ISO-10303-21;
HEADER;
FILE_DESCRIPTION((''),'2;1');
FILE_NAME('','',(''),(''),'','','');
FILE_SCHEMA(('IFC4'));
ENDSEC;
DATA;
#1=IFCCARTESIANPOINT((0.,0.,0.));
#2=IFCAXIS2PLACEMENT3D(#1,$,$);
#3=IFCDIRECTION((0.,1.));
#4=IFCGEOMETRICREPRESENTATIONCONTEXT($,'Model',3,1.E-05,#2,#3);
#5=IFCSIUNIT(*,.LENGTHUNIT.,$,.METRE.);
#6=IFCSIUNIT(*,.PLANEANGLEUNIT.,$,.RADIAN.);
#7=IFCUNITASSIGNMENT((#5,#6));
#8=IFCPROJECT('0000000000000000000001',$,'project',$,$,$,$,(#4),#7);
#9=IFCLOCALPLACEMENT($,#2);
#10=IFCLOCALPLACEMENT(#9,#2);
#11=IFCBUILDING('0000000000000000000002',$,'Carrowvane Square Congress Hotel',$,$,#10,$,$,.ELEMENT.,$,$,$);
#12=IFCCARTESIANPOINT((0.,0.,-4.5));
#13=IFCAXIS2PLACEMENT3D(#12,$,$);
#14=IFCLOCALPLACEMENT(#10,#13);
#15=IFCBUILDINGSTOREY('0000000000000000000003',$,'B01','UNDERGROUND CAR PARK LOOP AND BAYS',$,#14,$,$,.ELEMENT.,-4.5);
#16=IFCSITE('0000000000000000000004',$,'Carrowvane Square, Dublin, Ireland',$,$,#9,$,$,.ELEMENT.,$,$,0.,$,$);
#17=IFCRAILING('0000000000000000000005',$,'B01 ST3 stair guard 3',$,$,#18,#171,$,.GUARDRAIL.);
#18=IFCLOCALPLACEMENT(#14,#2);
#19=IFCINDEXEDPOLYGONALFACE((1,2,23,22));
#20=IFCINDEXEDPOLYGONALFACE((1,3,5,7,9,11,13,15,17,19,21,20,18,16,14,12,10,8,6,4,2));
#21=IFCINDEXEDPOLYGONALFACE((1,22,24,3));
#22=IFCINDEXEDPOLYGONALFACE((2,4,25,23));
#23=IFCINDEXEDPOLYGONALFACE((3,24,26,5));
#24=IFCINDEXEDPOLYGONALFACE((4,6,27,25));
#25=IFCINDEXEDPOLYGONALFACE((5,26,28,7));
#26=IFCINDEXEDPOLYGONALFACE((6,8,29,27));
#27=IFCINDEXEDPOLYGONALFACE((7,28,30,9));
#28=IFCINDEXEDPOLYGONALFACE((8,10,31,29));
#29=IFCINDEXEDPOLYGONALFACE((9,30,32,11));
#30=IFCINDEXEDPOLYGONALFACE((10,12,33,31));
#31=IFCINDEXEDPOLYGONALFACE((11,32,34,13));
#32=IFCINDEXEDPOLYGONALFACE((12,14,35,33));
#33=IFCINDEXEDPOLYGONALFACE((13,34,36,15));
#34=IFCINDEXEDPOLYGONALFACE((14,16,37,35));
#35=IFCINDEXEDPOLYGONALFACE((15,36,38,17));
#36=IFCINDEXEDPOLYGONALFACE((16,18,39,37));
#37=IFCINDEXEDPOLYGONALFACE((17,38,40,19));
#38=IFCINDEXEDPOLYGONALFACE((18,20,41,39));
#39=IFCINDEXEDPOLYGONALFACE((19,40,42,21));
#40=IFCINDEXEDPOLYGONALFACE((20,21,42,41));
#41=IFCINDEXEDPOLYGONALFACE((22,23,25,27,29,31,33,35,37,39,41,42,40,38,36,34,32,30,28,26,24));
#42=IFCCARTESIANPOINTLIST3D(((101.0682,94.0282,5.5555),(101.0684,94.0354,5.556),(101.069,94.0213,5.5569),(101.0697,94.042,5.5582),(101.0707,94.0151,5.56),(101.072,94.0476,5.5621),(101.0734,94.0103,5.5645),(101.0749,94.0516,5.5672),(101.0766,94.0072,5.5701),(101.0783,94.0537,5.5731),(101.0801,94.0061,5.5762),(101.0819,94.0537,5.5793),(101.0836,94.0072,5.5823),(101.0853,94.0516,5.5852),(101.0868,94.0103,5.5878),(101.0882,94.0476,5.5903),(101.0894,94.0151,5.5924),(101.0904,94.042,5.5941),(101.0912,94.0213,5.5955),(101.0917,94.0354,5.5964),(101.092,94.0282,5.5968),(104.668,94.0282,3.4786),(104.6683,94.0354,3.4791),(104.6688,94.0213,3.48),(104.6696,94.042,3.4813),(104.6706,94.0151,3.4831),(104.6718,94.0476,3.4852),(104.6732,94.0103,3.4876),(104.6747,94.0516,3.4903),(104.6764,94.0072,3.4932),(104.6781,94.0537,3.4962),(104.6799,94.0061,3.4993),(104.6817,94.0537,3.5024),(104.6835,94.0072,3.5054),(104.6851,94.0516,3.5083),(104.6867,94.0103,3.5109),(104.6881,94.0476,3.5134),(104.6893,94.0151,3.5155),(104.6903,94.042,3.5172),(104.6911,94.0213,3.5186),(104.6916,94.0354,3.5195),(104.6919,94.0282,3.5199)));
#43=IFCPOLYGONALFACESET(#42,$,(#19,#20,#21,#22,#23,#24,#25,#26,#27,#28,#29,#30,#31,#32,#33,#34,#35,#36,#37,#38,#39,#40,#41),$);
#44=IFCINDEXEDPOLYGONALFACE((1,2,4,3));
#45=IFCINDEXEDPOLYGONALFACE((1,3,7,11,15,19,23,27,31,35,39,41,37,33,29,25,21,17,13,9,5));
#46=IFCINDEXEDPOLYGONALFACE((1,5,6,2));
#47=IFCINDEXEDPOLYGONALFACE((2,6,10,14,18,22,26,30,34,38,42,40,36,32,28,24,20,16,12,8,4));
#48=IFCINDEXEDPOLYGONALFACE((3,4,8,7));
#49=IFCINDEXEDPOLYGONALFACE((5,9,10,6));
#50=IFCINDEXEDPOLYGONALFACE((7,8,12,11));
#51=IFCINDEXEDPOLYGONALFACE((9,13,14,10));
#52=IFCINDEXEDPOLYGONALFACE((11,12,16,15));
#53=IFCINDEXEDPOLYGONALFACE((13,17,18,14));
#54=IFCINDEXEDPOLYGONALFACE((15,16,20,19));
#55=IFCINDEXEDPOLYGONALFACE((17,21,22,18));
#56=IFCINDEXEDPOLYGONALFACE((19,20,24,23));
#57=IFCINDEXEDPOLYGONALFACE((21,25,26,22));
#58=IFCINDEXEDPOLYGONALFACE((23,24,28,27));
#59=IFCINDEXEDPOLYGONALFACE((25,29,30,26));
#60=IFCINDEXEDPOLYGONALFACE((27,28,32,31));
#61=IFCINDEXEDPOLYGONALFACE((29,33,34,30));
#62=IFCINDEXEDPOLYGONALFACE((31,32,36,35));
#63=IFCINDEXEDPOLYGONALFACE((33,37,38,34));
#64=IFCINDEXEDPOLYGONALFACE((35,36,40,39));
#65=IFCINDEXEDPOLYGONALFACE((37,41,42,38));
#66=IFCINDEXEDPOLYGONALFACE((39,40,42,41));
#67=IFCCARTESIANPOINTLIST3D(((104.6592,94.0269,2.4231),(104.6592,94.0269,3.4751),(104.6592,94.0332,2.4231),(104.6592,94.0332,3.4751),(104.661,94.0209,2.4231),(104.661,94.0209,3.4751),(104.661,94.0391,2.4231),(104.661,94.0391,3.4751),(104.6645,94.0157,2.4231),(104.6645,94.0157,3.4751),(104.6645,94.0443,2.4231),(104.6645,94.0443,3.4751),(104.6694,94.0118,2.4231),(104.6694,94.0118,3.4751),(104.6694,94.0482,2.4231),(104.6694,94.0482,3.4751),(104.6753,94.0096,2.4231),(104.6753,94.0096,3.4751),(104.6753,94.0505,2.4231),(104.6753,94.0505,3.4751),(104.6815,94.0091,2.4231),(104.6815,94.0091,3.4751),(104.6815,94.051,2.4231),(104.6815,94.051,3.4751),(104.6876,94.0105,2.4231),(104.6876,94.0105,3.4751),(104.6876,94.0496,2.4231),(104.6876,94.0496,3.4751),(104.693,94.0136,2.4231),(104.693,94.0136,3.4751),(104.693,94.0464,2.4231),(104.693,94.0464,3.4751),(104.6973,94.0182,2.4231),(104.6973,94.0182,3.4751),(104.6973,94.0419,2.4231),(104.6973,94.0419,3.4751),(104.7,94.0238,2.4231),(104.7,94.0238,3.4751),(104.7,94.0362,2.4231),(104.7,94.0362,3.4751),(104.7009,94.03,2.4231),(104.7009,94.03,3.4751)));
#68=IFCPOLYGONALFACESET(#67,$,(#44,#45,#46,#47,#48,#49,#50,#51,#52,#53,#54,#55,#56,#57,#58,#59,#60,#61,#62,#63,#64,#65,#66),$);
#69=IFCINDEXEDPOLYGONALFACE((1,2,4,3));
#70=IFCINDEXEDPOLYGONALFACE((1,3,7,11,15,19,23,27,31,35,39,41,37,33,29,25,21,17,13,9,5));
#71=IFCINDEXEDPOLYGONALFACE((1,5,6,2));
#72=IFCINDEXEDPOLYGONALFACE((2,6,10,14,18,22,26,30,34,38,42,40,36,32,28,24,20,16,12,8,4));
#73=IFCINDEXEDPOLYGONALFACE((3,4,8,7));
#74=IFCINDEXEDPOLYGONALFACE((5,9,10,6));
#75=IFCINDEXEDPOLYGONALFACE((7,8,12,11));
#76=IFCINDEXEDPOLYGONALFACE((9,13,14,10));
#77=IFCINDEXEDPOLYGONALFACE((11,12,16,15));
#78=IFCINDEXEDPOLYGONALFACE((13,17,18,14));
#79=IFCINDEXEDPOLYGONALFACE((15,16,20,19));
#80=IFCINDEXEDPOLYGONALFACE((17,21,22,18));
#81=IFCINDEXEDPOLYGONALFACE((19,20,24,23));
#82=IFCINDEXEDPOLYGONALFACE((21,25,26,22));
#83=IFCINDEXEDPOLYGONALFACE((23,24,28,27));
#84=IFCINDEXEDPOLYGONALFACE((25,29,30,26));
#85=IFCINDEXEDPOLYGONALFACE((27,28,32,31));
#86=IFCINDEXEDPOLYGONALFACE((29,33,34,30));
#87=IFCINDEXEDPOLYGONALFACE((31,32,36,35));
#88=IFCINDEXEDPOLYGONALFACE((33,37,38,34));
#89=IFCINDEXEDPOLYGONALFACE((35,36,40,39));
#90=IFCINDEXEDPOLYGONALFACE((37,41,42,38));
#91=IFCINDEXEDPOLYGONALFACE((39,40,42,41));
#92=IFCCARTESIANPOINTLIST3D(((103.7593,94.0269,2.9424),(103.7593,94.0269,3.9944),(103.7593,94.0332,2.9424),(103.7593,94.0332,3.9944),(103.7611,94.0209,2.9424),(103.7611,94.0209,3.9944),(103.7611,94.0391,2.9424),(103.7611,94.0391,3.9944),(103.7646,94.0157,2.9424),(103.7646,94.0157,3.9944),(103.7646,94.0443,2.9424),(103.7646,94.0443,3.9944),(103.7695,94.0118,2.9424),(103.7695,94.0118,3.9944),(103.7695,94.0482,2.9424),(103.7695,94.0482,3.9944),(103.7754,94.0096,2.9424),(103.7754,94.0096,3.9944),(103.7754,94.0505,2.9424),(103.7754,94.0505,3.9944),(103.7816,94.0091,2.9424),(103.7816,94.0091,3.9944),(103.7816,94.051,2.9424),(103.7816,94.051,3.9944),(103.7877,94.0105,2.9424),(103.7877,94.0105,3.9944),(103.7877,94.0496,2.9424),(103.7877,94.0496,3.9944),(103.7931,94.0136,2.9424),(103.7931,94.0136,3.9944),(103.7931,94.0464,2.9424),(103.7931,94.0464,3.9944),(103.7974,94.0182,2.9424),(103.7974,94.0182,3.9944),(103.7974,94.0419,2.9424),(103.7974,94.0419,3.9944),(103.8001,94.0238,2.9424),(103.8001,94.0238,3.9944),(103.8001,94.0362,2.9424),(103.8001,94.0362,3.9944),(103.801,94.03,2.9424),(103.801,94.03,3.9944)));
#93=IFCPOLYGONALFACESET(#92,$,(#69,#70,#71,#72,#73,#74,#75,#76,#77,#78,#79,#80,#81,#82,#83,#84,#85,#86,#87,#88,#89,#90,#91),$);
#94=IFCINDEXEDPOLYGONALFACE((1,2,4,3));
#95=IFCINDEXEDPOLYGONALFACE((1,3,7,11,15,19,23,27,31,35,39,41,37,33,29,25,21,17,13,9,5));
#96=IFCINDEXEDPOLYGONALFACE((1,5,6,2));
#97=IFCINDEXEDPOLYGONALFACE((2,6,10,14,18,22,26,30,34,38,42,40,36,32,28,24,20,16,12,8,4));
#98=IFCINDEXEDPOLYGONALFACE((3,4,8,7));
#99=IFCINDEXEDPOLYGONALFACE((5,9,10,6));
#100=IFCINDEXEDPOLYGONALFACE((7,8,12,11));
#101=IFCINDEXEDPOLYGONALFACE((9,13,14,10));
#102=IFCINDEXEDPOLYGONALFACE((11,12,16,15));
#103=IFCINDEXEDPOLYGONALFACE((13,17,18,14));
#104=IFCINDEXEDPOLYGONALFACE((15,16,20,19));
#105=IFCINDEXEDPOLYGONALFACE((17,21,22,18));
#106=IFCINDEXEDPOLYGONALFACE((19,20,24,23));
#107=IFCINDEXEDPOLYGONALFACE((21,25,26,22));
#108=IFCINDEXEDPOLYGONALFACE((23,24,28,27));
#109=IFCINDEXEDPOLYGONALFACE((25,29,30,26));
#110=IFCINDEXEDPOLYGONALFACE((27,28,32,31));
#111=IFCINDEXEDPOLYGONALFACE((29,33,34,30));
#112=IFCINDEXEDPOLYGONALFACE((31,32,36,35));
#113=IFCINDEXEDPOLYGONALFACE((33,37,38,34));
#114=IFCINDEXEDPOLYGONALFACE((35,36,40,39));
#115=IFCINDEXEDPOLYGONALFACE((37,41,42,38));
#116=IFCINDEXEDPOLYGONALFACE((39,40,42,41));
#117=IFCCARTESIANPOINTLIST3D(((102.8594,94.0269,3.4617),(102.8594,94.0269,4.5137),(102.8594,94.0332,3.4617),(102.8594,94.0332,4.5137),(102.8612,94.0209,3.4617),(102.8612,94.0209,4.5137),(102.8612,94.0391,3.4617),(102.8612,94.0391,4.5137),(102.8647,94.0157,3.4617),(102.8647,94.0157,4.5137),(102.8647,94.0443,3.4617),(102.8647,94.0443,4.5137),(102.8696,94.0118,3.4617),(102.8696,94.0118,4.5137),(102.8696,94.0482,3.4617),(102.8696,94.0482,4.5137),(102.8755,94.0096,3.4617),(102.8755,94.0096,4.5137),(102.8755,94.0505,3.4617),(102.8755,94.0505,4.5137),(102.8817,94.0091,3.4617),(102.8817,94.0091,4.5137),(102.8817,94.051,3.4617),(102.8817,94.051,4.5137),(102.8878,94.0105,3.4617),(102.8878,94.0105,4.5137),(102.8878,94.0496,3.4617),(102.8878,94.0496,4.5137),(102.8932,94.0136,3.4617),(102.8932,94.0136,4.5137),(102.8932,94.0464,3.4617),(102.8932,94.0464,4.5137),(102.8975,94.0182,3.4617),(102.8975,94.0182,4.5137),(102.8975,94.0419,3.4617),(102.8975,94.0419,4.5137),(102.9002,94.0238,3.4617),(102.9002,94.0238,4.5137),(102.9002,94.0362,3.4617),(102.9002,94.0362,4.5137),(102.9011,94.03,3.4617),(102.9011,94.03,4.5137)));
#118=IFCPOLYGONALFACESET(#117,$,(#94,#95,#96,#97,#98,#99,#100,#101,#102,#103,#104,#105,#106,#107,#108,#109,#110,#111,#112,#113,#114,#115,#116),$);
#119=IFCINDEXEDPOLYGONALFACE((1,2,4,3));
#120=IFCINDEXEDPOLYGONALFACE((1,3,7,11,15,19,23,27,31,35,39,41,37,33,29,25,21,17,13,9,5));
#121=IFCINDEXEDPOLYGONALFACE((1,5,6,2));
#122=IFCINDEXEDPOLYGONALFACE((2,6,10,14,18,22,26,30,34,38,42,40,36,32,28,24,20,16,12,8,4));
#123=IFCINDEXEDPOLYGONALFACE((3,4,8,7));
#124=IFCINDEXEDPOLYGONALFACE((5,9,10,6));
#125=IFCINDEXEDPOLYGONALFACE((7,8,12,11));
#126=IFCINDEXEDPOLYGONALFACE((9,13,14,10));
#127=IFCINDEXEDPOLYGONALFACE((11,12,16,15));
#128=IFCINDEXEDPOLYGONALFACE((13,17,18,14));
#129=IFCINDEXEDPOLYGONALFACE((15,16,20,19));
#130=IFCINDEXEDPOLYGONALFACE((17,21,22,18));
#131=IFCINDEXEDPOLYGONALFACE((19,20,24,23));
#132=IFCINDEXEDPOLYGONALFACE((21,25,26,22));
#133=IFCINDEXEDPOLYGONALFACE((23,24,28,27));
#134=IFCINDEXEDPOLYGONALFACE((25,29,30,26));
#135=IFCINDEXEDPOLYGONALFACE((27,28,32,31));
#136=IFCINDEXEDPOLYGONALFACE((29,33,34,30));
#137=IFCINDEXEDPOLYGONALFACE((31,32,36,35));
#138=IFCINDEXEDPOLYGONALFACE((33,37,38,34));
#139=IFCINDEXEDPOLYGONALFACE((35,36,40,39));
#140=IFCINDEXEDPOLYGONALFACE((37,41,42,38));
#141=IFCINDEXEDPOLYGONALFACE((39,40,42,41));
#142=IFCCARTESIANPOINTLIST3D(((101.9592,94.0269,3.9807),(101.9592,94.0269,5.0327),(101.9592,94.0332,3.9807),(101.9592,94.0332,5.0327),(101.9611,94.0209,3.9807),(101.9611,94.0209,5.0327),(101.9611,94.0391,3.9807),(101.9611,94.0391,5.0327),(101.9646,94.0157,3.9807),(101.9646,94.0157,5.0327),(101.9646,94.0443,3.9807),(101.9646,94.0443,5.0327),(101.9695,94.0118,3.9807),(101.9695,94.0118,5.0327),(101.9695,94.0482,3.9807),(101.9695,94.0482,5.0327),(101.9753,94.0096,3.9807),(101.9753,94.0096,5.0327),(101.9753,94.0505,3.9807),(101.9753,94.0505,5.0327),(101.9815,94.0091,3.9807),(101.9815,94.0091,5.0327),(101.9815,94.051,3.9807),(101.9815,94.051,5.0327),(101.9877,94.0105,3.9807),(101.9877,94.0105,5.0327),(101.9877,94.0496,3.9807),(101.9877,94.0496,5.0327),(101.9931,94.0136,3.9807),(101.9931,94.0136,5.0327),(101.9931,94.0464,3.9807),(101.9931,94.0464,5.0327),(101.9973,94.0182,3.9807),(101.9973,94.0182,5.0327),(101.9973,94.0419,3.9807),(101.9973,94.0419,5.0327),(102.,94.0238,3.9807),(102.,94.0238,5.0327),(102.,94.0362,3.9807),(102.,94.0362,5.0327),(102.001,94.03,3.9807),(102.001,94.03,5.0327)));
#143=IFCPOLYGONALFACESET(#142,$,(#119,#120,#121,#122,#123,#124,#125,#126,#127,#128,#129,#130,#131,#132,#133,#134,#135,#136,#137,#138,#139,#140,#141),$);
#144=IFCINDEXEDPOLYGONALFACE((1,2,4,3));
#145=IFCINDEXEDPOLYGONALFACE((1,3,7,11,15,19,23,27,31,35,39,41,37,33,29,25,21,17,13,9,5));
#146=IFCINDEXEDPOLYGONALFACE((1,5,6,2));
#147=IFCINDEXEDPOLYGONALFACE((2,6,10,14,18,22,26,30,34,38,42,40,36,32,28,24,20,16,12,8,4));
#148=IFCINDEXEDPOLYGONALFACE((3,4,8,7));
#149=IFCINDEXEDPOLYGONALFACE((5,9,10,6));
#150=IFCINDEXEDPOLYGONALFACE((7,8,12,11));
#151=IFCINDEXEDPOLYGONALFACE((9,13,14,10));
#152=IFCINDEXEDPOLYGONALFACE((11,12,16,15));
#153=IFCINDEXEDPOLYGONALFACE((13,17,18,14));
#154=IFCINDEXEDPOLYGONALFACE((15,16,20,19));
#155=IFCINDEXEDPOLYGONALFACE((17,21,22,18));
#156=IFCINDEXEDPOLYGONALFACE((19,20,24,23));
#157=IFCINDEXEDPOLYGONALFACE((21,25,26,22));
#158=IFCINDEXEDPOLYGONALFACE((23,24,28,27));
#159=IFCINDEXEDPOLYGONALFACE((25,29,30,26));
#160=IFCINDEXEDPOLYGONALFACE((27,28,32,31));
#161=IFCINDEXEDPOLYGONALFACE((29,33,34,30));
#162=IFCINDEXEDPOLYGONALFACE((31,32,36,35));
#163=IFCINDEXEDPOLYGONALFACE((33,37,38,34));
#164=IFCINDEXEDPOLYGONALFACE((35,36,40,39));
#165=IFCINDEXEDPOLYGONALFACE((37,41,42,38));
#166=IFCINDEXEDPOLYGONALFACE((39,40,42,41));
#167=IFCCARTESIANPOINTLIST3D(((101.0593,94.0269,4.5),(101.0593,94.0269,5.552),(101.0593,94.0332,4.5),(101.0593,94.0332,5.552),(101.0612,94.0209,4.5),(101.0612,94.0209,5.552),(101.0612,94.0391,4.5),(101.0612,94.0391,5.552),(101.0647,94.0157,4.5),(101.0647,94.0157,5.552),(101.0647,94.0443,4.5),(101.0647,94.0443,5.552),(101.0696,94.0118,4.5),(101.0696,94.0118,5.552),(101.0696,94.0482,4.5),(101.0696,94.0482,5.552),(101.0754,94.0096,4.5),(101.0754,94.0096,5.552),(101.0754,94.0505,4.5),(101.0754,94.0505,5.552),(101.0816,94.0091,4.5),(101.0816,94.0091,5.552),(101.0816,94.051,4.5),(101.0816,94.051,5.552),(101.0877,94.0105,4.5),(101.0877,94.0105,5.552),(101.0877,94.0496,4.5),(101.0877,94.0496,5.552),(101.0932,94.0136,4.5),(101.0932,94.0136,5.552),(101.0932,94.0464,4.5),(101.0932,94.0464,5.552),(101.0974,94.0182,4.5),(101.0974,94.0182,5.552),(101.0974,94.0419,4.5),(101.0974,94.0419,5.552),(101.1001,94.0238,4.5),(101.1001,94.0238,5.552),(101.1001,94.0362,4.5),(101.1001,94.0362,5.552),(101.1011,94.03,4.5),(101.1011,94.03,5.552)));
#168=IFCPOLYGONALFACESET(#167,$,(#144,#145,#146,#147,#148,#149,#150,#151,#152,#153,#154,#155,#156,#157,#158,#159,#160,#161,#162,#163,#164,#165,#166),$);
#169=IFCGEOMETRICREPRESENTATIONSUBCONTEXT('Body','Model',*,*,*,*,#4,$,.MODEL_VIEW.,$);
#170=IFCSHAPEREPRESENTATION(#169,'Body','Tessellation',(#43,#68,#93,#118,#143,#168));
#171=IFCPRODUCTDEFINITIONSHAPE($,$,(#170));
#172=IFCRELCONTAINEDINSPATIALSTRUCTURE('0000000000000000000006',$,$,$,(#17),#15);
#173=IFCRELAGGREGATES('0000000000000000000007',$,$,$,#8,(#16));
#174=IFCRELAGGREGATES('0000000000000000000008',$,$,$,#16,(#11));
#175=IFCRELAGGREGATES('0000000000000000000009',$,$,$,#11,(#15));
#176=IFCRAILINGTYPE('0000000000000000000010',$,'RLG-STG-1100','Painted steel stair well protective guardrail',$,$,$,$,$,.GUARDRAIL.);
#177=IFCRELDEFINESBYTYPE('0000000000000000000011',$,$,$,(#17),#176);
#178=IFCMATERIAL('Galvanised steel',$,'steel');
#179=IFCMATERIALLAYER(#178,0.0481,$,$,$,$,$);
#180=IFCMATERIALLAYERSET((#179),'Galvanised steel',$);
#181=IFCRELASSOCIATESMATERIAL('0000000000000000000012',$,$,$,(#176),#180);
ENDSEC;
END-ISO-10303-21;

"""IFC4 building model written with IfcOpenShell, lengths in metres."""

from ifc_helpers import new_model, si_unit, direction, frame, origin, origin_2d, place, context, subcontext, project, spatial, circle, extrude, material, layer, layer_set, type_object, element, save


model = new_model("IFC4")

# Units and contexts
model_context = context("Model", 3, precision=1e-05, world=origin(), true_north=direction((0.0, 1.0)))
body_context = subcontext(model_context, "Body", "Model", "MODEL_VIEW")
ifc_project = project(units=[si_unit("LENGTHUNIT", "METRE"), si_unit("PLANEANGLEUNIT", "RADIAN")], contexts=[model_context])

# Site, building, storey
site_placement = place(None, origin())
site = spatial("IfcSite", under=ifc_project, at=site_placement, Name="Carrowvane Square, Dublin, Ireland", CompositionType="ELEMENT", RefElevation=0.0)
building_placement = place(site_placement, origin())
building = spatial("IfcBuilding", under=site, at=building_placement, Name="Carrowvane Square Congress Hotel", CompositionType="ELEMENT")
storey_placement = place(building_placement, frame((0.0, 0.0, -4.5)))
storey = spatial("IfcBuildingStorey", under=building, at=storey_placement, Name="B01", Description="UNDERGROUND CAR PARK LOOP AND BAYS", CompositionType="ELEMENT", Elevation=-4.5)

# Railing
ifc_material_1 = material(Name="Galvanised steel", Category="steel")
ifc_layer_1 = layer(ifc_material_1, 0.0481)
ifc_layer_set_1 = layer_set([ifc_layer_1], Name="Galvanised steel")
railing_type_1 = type_object("IfcRailingType", Name="RLG-STG-1100", Description="Painted steel stair well protective guardrail", PredefinedType="GUARDRAIL", material=ifc_layer_set_1)
railing_1_placement = place(storey_placement, frame((104.6799, 94.03, 2.4231)))
element("IfcRailing", 1, at=railing_1_placement, inside=storey, type_object=railing_type_1, Name="B01 ST3 stair guard 3", PredefinedType="GUARDRAIL", context=body_context, shape_type="SweptSolid", body=[
    extrude(circle(Radius=0.0239, at=origin_2d()), frame((0.0, 0.0, 1.0762), z_axis=(-0.866179, 0.0, 0.499734), x_axis=(0.0, -1.0, 0.0)), (0.0, 0.0, 1.0), 4.156),
    extrude(circle(Radius=0.021, at=origin_2d()), origin(), (0.0, 0.0, 1.0), 1.052),
    extrude(circle(Radius=0.021, at=origin_2d()), frame((-0.8999, 0.0, 0.5193)), (0.0, 0.0, 1.0), 1.052),
    extrude(circle(Radius=0.021, at=origin_2d()), frame((-1.7998, 0.0, 1.0386)), (0.0, 0.0, 1.0), 1.052),
    extrude(circle(Radius=0.021, at=origin_2d()), frame((-2.7, 0.0, 1.5576)), (0.0, 0.0, 1.0), 1.052),
    extrude(circle(Radius=0.021, at=origin_2d()), frame((-3.5999, 0.0, 2.0769)), (0.0, 0.0, 1.0), 1.052),
])

save(model, "model.ifc")
